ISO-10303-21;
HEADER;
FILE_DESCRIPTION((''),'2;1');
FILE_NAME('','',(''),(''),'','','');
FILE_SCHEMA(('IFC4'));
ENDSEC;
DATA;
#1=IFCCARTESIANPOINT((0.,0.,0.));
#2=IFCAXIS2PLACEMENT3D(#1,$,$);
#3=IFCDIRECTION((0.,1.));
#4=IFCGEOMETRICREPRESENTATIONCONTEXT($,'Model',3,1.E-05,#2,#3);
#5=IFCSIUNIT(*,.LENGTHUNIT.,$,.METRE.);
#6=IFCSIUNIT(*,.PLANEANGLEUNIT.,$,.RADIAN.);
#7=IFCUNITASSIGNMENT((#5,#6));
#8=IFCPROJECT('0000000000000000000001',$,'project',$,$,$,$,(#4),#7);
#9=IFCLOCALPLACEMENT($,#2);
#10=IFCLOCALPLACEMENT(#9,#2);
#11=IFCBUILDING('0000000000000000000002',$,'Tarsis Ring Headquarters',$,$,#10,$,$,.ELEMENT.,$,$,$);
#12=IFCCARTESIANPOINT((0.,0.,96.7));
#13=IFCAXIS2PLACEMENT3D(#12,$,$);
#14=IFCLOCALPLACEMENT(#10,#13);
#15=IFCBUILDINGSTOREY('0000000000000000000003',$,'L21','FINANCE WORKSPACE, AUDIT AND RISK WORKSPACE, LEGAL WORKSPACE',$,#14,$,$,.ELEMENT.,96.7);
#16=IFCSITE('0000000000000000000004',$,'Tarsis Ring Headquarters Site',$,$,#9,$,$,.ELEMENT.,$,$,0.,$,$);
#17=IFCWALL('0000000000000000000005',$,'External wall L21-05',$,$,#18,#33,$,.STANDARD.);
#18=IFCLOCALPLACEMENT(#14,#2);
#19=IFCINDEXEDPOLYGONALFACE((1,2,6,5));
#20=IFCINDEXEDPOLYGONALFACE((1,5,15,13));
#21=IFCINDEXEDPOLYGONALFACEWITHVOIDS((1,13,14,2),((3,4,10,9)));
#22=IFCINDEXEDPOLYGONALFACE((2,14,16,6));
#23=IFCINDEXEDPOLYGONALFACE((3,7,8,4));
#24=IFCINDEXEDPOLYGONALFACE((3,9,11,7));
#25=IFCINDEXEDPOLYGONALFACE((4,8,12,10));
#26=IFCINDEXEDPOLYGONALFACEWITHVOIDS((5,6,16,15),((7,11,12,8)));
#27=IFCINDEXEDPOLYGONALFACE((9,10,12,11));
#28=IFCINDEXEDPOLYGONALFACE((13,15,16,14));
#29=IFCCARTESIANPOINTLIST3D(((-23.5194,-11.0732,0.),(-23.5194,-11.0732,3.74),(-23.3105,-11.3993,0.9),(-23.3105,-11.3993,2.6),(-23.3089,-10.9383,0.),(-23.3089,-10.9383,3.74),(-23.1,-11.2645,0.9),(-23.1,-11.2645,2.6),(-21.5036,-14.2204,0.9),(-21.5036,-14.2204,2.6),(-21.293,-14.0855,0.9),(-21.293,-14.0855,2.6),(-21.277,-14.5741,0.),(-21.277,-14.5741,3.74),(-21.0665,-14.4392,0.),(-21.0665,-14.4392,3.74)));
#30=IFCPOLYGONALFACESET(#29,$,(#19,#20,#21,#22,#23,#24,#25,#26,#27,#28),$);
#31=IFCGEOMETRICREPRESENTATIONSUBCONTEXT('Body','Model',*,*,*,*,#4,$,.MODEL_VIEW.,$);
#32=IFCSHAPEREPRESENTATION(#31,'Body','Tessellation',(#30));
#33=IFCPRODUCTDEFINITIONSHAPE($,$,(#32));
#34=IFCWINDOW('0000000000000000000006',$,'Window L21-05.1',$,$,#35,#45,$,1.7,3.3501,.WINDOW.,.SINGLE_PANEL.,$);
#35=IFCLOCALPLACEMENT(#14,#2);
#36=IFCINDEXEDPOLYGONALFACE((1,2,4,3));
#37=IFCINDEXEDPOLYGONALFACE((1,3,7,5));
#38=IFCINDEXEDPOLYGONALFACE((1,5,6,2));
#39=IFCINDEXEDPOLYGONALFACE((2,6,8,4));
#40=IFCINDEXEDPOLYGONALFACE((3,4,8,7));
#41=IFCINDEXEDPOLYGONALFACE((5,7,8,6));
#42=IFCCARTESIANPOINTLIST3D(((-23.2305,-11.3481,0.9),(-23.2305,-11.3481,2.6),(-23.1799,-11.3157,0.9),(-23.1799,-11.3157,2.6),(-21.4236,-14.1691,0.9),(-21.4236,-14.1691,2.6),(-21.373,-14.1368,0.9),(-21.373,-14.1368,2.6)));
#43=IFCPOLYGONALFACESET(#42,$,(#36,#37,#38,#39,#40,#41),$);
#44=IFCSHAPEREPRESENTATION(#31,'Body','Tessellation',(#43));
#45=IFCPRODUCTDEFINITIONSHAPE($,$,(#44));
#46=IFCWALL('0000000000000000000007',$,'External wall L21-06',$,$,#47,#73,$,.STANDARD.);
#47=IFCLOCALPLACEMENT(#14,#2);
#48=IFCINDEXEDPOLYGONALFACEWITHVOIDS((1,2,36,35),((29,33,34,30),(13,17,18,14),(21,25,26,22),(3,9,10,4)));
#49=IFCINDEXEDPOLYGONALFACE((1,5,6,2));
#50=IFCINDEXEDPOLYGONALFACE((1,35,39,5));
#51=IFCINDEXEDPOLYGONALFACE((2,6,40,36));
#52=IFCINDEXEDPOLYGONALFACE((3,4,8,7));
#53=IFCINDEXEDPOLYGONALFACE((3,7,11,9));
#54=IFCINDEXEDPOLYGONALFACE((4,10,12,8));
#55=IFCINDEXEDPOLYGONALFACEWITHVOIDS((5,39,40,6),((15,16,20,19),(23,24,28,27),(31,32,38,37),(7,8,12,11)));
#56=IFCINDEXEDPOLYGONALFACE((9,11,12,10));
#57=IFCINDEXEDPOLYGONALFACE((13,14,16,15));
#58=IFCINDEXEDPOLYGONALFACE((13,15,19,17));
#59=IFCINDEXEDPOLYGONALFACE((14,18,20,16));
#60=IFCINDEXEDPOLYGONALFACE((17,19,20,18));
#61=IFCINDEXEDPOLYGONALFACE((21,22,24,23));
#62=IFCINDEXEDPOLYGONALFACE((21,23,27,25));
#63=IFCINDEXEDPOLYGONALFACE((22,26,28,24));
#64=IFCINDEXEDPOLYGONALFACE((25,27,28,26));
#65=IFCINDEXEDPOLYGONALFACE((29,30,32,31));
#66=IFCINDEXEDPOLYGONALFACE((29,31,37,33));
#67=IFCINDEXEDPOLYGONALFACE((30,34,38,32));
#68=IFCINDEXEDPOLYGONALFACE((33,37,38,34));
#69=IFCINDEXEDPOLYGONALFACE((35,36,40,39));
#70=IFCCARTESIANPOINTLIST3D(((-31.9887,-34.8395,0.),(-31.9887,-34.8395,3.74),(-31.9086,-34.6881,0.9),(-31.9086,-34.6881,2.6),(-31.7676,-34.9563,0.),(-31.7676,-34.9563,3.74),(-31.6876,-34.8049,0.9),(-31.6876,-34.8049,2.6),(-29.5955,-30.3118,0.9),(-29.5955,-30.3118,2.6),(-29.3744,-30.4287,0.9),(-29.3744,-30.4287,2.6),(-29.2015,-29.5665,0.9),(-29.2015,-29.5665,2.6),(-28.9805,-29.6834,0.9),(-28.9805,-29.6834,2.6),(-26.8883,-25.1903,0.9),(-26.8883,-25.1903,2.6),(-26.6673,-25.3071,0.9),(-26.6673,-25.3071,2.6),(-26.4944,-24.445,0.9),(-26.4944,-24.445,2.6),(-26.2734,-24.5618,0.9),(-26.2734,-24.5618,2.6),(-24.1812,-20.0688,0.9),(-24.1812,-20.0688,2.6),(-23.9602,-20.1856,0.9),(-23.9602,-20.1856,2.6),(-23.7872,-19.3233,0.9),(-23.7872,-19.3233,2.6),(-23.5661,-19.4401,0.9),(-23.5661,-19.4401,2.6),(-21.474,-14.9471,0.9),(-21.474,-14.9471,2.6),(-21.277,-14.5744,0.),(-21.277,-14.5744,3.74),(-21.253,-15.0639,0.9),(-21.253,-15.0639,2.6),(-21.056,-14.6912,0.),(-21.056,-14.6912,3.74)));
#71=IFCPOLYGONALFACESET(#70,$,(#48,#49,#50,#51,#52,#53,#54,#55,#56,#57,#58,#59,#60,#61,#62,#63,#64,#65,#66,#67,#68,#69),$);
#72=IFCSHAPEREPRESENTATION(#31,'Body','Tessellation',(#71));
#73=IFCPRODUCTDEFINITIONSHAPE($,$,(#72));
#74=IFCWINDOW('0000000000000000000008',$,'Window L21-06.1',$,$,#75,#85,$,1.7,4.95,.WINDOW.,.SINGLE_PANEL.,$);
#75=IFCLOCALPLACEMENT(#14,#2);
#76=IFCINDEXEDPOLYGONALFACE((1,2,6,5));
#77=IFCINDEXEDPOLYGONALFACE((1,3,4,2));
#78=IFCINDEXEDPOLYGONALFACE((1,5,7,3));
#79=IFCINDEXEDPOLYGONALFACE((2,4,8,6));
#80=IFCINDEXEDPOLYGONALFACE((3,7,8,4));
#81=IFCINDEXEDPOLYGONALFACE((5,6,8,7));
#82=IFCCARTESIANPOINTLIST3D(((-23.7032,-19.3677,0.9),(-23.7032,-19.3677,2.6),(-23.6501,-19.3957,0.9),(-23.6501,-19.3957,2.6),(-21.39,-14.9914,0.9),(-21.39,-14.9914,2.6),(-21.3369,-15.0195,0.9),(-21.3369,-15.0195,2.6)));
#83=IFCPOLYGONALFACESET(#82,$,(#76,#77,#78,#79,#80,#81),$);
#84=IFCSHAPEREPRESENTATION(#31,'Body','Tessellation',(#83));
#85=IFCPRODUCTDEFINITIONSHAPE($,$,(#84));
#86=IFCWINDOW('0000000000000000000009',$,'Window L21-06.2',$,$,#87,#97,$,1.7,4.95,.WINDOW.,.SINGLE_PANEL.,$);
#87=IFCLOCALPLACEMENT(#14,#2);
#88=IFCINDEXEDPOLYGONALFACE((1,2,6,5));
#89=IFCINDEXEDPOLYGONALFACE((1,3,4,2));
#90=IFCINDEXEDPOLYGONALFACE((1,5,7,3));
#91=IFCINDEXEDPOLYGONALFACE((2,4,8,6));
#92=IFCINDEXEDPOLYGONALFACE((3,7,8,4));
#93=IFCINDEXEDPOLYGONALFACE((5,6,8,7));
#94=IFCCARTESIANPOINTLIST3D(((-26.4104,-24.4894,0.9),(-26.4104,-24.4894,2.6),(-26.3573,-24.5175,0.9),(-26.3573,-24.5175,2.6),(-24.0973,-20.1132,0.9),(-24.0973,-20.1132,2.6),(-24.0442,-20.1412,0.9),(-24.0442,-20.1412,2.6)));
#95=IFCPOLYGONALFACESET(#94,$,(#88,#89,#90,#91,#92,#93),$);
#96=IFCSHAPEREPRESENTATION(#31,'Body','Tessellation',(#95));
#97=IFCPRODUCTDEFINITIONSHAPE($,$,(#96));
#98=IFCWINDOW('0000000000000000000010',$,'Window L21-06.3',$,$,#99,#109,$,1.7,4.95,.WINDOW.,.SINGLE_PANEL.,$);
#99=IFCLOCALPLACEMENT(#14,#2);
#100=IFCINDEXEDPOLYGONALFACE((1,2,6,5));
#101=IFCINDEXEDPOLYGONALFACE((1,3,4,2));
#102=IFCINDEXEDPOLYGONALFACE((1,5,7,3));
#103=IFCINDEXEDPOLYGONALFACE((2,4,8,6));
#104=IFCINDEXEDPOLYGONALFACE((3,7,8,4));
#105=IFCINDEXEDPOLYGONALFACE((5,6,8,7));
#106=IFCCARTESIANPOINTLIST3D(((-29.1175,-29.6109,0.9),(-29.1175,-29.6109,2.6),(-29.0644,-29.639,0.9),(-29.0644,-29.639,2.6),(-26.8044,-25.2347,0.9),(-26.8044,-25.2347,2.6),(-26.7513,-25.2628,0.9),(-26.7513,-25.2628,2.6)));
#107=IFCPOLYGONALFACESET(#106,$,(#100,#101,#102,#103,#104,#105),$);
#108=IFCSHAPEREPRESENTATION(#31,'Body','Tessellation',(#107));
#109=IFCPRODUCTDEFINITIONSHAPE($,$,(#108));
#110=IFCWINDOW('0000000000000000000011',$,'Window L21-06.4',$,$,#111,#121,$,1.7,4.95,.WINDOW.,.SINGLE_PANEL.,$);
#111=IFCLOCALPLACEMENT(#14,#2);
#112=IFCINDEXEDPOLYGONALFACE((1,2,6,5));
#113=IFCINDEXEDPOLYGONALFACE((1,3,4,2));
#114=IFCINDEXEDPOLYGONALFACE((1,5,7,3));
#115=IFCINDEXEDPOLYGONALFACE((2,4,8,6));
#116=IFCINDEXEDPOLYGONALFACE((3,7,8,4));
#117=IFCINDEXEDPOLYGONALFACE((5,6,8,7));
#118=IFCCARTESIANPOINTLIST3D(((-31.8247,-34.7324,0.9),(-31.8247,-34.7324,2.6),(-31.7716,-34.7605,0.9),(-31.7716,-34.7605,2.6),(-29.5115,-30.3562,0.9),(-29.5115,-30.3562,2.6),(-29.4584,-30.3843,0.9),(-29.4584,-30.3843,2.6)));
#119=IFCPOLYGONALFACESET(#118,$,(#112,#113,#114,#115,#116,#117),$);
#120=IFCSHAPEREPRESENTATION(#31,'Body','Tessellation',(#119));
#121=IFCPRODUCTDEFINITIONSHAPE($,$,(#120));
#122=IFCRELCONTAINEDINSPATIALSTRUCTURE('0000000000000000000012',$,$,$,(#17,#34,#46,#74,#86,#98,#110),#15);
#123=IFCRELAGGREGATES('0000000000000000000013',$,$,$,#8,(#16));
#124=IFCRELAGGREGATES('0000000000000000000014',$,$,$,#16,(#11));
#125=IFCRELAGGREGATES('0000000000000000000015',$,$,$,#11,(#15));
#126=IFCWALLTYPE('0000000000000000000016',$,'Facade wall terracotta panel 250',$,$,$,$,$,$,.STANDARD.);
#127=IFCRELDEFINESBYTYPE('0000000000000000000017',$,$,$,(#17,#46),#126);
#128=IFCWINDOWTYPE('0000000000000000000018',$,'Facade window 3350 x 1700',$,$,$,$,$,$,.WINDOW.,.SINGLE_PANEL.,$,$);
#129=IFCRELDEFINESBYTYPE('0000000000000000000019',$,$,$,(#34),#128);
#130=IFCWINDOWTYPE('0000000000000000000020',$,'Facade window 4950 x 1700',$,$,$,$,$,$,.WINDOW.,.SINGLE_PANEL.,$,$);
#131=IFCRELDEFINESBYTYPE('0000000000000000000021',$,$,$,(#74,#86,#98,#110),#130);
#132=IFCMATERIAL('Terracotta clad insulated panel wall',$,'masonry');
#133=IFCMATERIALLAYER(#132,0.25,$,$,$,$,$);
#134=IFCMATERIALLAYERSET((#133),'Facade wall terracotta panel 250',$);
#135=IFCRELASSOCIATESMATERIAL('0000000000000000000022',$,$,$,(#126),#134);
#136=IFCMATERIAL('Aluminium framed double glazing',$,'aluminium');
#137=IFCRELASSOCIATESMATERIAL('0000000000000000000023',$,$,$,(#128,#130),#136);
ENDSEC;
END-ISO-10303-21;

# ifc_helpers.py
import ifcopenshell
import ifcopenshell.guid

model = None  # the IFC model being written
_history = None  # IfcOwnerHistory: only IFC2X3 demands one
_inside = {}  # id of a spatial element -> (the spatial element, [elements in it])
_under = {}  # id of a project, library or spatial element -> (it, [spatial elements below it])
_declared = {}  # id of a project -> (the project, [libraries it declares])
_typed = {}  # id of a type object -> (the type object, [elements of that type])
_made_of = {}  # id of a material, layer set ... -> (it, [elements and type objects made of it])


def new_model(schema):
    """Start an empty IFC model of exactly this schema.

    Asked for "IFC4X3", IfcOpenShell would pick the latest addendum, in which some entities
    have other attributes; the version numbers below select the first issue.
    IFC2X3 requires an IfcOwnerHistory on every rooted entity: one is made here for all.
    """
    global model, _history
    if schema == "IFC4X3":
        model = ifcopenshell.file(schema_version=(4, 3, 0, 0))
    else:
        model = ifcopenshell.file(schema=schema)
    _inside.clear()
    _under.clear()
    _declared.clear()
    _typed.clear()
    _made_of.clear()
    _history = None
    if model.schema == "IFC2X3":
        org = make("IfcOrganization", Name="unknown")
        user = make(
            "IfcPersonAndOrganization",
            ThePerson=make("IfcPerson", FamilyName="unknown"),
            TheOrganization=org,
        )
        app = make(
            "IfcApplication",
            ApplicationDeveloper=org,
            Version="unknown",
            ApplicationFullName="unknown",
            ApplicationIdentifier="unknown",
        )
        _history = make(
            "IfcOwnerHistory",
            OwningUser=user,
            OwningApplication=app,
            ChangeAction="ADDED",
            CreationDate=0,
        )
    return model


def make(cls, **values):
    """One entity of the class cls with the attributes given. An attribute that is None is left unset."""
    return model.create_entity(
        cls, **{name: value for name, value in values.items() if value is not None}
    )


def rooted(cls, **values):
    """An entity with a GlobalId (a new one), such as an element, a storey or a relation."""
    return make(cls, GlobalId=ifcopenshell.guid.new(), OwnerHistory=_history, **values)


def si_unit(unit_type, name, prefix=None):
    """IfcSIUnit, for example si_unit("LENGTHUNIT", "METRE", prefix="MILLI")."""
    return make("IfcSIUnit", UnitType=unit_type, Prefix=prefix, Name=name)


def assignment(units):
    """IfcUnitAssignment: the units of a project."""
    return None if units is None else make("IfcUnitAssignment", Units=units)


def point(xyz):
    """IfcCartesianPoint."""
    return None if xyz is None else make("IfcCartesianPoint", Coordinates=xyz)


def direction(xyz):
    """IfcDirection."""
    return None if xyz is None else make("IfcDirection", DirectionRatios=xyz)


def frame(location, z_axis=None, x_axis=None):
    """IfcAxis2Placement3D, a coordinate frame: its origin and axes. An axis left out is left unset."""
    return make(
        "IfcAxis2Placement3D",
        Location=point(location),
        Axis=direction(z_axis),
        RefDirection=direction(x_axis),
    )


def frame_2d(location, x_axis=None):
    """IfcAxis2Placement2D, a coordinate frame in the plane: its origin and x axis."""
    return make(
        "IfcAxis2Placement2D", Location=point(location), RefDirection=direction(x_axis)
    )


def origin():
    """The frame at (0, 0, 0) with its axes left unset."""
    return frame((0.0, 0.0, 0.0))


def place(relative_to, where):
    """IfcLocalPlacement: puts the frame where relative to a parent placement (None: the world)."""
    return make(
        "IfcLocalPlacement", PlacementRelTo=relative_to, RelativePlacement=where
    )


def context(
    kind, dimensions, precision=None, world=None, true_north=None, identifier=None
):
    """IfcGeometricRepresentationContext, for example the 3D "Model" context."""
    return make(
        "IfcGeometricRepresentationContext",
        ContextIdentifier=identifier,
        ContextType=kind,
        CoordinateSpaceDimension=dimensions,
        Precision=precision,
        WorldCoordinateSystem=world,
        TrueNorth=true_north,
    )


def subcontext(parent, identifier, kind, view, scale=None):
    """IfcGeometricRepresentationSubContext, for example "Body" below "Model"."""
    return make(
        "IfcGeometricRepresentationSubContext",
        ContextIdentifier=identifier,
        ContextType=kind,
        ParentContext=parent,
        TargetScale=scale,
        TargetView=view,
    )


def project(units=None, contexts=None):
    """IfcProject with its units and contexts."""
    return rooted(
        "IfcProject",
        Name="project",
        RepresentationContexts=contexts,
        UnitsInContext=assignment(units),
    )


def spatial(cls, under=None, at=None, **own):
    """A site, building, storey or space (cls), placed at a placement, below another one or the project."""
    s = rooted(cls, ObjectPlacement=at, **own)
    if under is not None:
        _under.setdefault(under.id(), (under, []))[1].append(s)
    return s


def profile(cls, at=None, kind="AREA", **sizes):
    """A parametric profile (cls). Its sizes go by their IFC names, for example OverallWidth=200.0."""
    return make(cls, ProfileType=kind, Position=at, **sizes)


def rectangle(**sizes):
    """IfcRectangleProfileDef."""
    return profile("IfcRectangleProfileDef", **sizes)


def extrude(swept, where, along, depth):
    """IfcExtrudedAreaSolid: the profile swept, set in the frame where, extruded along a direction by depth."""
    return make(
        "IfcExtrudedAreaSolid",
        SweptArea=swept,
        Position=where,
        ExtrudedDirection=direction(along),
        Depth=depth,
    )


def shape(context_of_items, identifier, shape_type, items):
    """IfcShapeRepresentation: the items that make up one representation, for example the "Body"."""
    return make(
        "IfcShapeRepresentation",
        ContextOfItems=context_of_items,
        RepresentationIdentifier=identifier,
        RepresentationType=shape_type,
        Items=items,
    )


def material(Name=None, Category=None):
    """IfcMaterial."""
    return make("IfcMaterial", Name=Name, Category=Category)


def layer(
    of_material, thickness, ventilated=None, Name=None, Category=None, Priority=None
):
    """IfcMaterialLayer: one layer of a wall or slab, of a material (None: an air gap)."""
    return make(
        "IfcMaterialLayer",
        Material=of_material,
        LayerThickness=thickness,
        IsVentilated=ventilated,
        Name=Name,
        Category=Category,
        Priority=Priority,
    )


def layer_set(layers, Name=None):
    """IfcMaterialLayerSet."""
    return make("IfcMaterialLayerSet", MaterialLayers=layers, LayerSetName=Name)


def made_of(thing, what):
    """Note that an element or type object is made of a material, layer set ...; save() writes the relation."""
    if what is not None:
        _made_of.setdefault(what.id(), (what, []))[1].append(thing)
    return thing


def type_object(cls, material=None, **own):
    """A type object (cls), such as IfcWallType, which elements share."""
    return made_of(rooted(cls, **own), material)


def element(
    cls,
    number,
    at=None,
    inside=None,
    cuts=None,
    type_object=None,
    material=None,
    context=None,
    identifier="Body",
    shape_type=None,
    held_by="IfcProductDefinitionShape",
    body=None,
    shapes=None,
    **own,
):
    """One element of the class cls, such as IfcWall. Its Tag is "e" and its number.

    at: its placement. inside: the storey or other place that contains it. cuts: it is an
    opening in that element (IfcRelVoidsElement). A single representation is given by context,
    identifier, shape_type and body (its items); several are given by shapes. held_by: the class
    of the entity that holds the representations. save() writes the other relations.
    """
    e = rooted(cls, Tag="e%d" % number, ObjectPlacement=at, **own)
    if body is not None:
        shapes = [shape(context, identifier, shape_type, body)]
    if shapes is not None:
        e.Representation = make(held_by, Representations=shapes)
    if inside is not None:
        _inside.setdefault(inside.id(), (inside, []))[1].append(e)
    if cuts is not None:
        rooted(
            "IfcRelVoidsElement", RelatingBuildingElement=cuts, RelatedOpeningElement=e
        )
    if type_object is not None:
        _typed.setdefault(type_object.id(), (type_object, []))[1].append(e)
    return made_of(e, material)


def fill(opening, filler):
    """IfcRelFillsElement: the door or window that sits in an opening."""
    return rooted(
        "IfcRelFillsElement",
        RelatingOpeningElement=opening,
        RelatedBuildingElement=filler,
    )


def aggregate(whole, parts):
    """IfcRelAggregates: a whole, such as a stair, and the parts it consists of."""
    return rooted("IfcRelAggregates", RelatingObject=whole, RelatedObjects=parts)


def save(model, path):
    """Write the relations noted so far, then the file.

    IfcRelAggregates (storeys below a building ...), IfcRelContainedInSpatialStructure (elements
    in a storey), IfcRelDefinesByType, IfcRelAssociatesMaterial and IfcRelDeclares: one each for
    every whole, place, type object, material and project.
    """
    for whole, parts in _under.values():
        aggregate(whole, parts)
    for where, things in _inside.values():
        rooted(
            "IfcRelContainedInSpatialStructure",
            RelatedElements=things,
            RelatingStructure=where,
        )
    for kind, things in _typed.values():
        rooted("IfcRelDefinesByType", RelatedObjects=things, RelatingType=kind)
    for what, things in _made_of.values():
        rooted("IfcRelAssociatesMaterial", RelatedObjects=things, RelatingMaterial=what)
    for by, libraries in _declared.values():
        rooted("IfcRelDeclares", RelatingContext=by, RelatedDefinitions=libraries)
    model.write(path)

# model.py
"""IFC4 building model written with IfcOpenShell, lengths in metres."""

from ifc_helpers import new_model, si_unit, direction, frame, frame_2d, origin, place, context, subcontext, project, spatial, rectangle, extrude, material, layer, layer_set, type_object, element, fill, save


model = new_model("IFC4")

# Units and contexts
model_context = context("Model", 3, precision=1e-05, world=origin(), true_north=direction((0.0, 1.0)))
body_context = subcontext(model_context, "Body", "Model", "MODEL_VIEW")
ifc_project = project(units=[si_unit("LENGTHUNIT", "METRE"), si_unit("PLANEANGLEUNIT", "RADIAN")], contexts=[model_context])

# Site, building, storey
site_placement = place(None, origin())
site = spatial("IfcSite", under=ifc_project, at=site_placement, Name="Tarsis Ring Headquarters Site", CompositionType="ELEMENT", RefElevation=0.0)
building_placement = place(site_placement, origin())
building = spatial("IfcBuilding", under=site, at=building_placement, Name="Tarsis Ring Headquarters", CompositionType="ELEMENT")
storey_placement = place(building_placement, frame((0.0, 0.0, 96.7)))
storey = spatial("IfcBuildingStorey", under=building, at=storey_placement, Name="L21", Description="FINANCE WORKSPACE, AUDIT AND RISK WORKSPACE, LEGAL WORKSPACE", CompositionType="ELEMENT", Elevation=96.7)

# Wall, opening, window
ifc_material_1 = material(Name="Terracotta clad insulated panel wall", Category="masonry")
ifc_layer_1 = layer(ifc_material_1, 0.25)
ifc_layer_set_1 = layer_set([ifc_layer_1], Name="Facade wall terracotta panel 250")
wall_type_1 = type_object("IfcWallType", Name="Facade wall terracotta panel 250", PredefinedType="STANDARD", material=ifc_layer_set_1)
ifc_material_2 = material(Name="Aluminium framed double glazing", Category="aluminium")
wall_1_placement = place(storey_placement, frame((-23.4141, -11.0059, 0.0), z_axis=(0.0, 0.0, 1.0), x_axis=(0.539362, -0.842074, 0.0)))
wall_1 = element("IfcWall", 1, at=wall_1_placement, inside=storey, type_object=wall_type_1, Name="External wall L21-05", PredefinedType="STANDARD", context=body_context, shape_type="SweptSolid", body=[
    extrude(rectangle(XDim=4.1575, YDim=0.25, at=frame_2d((2.0786, 0.0))), origin(), (0.0, 0.0, 1.0), 3.74),
])
opening_1_placement = place(wall_1_placement, frame((0.3872, 0.0, 0.8999)))
opening_1 = element("IfcOpeningElement", 2, at=opening_1_placement, cuts=wall_1, PredefinedType="OPENING", context=body_context, shape_type="SweptSolid", body=[
    extrude(rectangle(XDim=3.3501, YDim=1.7, at=frame_2d((1.675, 0.8501))), frame((0.0, 0.135, 0.0), z_axis=(0.0, -1.0, 0.0), x_axis=(1.0, 0.0, 0.0)), (0.0, 0.0, 1.0), 0.27),
])
window_type_1 = type_object("IfcWindowType", Name="Facade window 3350 x 1700", PartitioningType="SINGLE_PANEL", PredefinedType="WINDOW", material=ifc_material_2)
window_1_placement = place(opening_1_placement, origin())
window_1 = element("IfcWindow", 3, at=window_1_placement, inside=storey, type_object=window_type_1, Name="Window L21-05.1", OverallHeight=1.7, OverallWidth=3.3501, PartitioningType="SINGLE_PANEL", PredefinedType="WINDOW", context=body_context, shape_type="SweptSolid", body=[
    extrude(rectangle(XDim=3.3501, YDim=1.7, at=frame_2d((1.675, 0.8501))), frame((0.0, 0.03, 0.0), z_axis=(0.0, -1.0, 0.0), x_axis=(1.0, 0.0, 0.0)), (0.0, 0.0, 1.0), 0.0601),
])
fill(opening_1, window_1)

# Wall, openings, windows
wall_2_placement = place(storey_placement, frame((-21.1665, -14.6328, 0.0), z_axis=(0.0, 0.0, 1.0), x_axis=(-0.467311, -0.884093, 0.0)))
wall_2 = element("IfcWall", 4, at=wall_2_placement, inside=storey, type_object=wall_type_1, Name="External wall L21-06", PredefinedType="STANDARD", context=body_context, shape_type="SweptSolid", body=[
    extrude(rectangle(XDim=22.9219, YDim=0.25, at=frame_2d((11.4609, 0.0))), origin(), (0.0, 0.0, 1.0), 3.74),
])
opening_2_placement = place(wall_2_placement, frame((0.4214, 0.0, 0.8999)))
opening_2 = element("IfcOpeningElement", 5, at=opening_2_placement, cuts=wall_2, PredefinedType="OPENING", context=body_context, shape_type="SweptSolid", body=[
    extrude(rectangle(XDim=4.95, YDim=1.7, at=frame_2d((2.4751, 0.8501))), frame((0.0, 0.135, 0.0), z_axis=(0.0, -1.0, 0.0), x_axis=(1.0, 0.0, 0.0)), (0.0, 0.0, 1.0), 0.27),
])
opening_3_placement = place(wall_2_placement, frame((6.2146, 0.0, 0.8999)))
opening_3 = element("IfcOpeningElement", 6, at=opening_3_placement, cuts=wall_2, PredefinedType="OPENING", context=body_context, shape_type="SweptSolid", body=[
    extrude(rectangle(XDim=4.95, YDim=1.7, at=frame_2d((2.4751, 0.8501))), frame((0.0, 0.135, 0.0), z_axis=(0.0, -1.0, 0.0), x_axis=(1.0, 0.0, 0.0)), (0.0, 0.0, 1.0), 0.27),
])
opening_4_placement = place(wall_2_placement, frame((12.0076, 0.0, 0.8999)))
opening_4 = element("IfcOpeningElement", 7, at=opening_4_placement, cuts=wall_2, PredefinedType="OPENING", context=body_context, shape_type="SweptSolid", body=[
    extrude(rectangle(XDim=4.95, YDim=1.7, at=frame_2d((2.4751, 0.8501))), frame((0.0, 0.135, 0.0), z_axis=(0.0, -1.0, 0.0), x_axis=(1.0, 0.0, 0.0)), (0.0, 0.0, 1.0), 0.27),
])
opening_5_placement = place(wall_2_placement, frame((17.8005, 0.0, 0.8999)))
opening_5 = element("IfcOpeningElement", 8, at=opening_5_placement, cuts=wall_2, PredefinedType="OPENING", context=body_context, shape_type="SweptSolid", body=[
    extrude(rectangle(XDim=4.95, YDim=1.7, at=frame_2d((2.4751, 0.8501))), frame((0.0, 0.135, 0.0), z_axis=(0.0, -1.0, 0.0), x_axis=(1.0, 0.0, 0.0)), (0.0, 0.0, 1.0), 0.27),
])
window_type_2 = type_object("IfcWindowType", Name="Facade window 4950 x 1700", PartitioningType="SINGLE_PANEL", PredefinedType="WINDOW", material=ifc_material_2)
window_2_placement = place(opening_2_placement, origin())
window_2 = element("IfcWindow", 9, at=window_2_placement, inside=storey, type_object=window_type_2, Name="Window L21-06.1", OverallHeight=1.7, OverallWidth=4.95, PartitioningType="SINGLE_PANEL", PredefinedType="WINDOW", context=body_context, shape_type="SweptSolid", body=[
    extrude(rectangle(XDim=4.95, YDim=1.7, at=frame_2d((2.4751, 0.8501))), frame((0.0, 0.03, 0.0), z_axis=(0.0, -1.0, 0.0), x_axis=(1.0, 0.0, 0.0)), (0.0, 0.0, 1.0), 0.0601),
])
fill(opening_2, window_2)
window_3_placement = place(opening_3_placement, origin())
window_3 = element("IfcWindow", 10, at=window_3_placement, inside=storey, type_object=window_type_2, Name="Window L21-06.2", OverallHeight=1.7, OverallWidth=4.95, PartitioningType="SINGLE_PANEL", PredefinedType="WINDOW", context=body_context, shape_type="SweptSolid", body=[
    extrude(rectangle(XDim=4.95, YDim=1.7, at=frame_2d((2.4751, 0.8501))), frame((0.0, 0.03, 0.0), z_axis=(0.0, -1.0, 0.0), x_axis=(1.0, 0.0, 0.0)), (0.0, 0.0, 1.0), 0.0601),
])
fill(opening_3, window_3)
window_4_placement = place(opening_4_placement, origin())
window_4 = element("IfcWindow", 11, at=window_4_placement, inside=storey, type_object=window_type_2, Name="Window L21-06.3", OverallHeight=1.7, OverallWidth=4.95, PartitioningType="SINGLE_PANEL", PredefinedType="WINDOW", context=body_context, shape_type="SweptSolid", body=[
    extrude(rectangle(XDim=4.95, YDim=1.7, at=frame_2d((2.4751, 0.8501))), frame((0.0, 0.03, 0.0), z_axis=(0.0, -1.0, 0.0), x_axis=(1.0, 0.0, 0.0)), (0.0, 0.0, 1.0), 0.0601),
])
fill(opening_4, window_4)
window_5_placement = place(opening_5_placement, origin())
window_5 = element("IfcWindow", 12, at=window_5_placement, inside=storey, type_object=window_type_2, Name="Window L21-06.4", OverallHeight=1.7, OverallWidth=4.95, PartitioningType="SINGLE_PANEL", PredefinedType="WINDOW", context=body_context, shape_type="SweptSolid", body=[
    extrude(rectangle(XDim=4.95, YDim=1.7, at=frame_2d((2.4751, 0.8501))), frame((0.0, 0.03, 0.0), z_axis=(0.0, -1.0, 0.0), x_axis=(1.0, 0.0, 0.0)), (0.0, 0.0, 1.0), 0.0601),
])
fill(opening_5, window_5)

save(model, "model.ifc")
